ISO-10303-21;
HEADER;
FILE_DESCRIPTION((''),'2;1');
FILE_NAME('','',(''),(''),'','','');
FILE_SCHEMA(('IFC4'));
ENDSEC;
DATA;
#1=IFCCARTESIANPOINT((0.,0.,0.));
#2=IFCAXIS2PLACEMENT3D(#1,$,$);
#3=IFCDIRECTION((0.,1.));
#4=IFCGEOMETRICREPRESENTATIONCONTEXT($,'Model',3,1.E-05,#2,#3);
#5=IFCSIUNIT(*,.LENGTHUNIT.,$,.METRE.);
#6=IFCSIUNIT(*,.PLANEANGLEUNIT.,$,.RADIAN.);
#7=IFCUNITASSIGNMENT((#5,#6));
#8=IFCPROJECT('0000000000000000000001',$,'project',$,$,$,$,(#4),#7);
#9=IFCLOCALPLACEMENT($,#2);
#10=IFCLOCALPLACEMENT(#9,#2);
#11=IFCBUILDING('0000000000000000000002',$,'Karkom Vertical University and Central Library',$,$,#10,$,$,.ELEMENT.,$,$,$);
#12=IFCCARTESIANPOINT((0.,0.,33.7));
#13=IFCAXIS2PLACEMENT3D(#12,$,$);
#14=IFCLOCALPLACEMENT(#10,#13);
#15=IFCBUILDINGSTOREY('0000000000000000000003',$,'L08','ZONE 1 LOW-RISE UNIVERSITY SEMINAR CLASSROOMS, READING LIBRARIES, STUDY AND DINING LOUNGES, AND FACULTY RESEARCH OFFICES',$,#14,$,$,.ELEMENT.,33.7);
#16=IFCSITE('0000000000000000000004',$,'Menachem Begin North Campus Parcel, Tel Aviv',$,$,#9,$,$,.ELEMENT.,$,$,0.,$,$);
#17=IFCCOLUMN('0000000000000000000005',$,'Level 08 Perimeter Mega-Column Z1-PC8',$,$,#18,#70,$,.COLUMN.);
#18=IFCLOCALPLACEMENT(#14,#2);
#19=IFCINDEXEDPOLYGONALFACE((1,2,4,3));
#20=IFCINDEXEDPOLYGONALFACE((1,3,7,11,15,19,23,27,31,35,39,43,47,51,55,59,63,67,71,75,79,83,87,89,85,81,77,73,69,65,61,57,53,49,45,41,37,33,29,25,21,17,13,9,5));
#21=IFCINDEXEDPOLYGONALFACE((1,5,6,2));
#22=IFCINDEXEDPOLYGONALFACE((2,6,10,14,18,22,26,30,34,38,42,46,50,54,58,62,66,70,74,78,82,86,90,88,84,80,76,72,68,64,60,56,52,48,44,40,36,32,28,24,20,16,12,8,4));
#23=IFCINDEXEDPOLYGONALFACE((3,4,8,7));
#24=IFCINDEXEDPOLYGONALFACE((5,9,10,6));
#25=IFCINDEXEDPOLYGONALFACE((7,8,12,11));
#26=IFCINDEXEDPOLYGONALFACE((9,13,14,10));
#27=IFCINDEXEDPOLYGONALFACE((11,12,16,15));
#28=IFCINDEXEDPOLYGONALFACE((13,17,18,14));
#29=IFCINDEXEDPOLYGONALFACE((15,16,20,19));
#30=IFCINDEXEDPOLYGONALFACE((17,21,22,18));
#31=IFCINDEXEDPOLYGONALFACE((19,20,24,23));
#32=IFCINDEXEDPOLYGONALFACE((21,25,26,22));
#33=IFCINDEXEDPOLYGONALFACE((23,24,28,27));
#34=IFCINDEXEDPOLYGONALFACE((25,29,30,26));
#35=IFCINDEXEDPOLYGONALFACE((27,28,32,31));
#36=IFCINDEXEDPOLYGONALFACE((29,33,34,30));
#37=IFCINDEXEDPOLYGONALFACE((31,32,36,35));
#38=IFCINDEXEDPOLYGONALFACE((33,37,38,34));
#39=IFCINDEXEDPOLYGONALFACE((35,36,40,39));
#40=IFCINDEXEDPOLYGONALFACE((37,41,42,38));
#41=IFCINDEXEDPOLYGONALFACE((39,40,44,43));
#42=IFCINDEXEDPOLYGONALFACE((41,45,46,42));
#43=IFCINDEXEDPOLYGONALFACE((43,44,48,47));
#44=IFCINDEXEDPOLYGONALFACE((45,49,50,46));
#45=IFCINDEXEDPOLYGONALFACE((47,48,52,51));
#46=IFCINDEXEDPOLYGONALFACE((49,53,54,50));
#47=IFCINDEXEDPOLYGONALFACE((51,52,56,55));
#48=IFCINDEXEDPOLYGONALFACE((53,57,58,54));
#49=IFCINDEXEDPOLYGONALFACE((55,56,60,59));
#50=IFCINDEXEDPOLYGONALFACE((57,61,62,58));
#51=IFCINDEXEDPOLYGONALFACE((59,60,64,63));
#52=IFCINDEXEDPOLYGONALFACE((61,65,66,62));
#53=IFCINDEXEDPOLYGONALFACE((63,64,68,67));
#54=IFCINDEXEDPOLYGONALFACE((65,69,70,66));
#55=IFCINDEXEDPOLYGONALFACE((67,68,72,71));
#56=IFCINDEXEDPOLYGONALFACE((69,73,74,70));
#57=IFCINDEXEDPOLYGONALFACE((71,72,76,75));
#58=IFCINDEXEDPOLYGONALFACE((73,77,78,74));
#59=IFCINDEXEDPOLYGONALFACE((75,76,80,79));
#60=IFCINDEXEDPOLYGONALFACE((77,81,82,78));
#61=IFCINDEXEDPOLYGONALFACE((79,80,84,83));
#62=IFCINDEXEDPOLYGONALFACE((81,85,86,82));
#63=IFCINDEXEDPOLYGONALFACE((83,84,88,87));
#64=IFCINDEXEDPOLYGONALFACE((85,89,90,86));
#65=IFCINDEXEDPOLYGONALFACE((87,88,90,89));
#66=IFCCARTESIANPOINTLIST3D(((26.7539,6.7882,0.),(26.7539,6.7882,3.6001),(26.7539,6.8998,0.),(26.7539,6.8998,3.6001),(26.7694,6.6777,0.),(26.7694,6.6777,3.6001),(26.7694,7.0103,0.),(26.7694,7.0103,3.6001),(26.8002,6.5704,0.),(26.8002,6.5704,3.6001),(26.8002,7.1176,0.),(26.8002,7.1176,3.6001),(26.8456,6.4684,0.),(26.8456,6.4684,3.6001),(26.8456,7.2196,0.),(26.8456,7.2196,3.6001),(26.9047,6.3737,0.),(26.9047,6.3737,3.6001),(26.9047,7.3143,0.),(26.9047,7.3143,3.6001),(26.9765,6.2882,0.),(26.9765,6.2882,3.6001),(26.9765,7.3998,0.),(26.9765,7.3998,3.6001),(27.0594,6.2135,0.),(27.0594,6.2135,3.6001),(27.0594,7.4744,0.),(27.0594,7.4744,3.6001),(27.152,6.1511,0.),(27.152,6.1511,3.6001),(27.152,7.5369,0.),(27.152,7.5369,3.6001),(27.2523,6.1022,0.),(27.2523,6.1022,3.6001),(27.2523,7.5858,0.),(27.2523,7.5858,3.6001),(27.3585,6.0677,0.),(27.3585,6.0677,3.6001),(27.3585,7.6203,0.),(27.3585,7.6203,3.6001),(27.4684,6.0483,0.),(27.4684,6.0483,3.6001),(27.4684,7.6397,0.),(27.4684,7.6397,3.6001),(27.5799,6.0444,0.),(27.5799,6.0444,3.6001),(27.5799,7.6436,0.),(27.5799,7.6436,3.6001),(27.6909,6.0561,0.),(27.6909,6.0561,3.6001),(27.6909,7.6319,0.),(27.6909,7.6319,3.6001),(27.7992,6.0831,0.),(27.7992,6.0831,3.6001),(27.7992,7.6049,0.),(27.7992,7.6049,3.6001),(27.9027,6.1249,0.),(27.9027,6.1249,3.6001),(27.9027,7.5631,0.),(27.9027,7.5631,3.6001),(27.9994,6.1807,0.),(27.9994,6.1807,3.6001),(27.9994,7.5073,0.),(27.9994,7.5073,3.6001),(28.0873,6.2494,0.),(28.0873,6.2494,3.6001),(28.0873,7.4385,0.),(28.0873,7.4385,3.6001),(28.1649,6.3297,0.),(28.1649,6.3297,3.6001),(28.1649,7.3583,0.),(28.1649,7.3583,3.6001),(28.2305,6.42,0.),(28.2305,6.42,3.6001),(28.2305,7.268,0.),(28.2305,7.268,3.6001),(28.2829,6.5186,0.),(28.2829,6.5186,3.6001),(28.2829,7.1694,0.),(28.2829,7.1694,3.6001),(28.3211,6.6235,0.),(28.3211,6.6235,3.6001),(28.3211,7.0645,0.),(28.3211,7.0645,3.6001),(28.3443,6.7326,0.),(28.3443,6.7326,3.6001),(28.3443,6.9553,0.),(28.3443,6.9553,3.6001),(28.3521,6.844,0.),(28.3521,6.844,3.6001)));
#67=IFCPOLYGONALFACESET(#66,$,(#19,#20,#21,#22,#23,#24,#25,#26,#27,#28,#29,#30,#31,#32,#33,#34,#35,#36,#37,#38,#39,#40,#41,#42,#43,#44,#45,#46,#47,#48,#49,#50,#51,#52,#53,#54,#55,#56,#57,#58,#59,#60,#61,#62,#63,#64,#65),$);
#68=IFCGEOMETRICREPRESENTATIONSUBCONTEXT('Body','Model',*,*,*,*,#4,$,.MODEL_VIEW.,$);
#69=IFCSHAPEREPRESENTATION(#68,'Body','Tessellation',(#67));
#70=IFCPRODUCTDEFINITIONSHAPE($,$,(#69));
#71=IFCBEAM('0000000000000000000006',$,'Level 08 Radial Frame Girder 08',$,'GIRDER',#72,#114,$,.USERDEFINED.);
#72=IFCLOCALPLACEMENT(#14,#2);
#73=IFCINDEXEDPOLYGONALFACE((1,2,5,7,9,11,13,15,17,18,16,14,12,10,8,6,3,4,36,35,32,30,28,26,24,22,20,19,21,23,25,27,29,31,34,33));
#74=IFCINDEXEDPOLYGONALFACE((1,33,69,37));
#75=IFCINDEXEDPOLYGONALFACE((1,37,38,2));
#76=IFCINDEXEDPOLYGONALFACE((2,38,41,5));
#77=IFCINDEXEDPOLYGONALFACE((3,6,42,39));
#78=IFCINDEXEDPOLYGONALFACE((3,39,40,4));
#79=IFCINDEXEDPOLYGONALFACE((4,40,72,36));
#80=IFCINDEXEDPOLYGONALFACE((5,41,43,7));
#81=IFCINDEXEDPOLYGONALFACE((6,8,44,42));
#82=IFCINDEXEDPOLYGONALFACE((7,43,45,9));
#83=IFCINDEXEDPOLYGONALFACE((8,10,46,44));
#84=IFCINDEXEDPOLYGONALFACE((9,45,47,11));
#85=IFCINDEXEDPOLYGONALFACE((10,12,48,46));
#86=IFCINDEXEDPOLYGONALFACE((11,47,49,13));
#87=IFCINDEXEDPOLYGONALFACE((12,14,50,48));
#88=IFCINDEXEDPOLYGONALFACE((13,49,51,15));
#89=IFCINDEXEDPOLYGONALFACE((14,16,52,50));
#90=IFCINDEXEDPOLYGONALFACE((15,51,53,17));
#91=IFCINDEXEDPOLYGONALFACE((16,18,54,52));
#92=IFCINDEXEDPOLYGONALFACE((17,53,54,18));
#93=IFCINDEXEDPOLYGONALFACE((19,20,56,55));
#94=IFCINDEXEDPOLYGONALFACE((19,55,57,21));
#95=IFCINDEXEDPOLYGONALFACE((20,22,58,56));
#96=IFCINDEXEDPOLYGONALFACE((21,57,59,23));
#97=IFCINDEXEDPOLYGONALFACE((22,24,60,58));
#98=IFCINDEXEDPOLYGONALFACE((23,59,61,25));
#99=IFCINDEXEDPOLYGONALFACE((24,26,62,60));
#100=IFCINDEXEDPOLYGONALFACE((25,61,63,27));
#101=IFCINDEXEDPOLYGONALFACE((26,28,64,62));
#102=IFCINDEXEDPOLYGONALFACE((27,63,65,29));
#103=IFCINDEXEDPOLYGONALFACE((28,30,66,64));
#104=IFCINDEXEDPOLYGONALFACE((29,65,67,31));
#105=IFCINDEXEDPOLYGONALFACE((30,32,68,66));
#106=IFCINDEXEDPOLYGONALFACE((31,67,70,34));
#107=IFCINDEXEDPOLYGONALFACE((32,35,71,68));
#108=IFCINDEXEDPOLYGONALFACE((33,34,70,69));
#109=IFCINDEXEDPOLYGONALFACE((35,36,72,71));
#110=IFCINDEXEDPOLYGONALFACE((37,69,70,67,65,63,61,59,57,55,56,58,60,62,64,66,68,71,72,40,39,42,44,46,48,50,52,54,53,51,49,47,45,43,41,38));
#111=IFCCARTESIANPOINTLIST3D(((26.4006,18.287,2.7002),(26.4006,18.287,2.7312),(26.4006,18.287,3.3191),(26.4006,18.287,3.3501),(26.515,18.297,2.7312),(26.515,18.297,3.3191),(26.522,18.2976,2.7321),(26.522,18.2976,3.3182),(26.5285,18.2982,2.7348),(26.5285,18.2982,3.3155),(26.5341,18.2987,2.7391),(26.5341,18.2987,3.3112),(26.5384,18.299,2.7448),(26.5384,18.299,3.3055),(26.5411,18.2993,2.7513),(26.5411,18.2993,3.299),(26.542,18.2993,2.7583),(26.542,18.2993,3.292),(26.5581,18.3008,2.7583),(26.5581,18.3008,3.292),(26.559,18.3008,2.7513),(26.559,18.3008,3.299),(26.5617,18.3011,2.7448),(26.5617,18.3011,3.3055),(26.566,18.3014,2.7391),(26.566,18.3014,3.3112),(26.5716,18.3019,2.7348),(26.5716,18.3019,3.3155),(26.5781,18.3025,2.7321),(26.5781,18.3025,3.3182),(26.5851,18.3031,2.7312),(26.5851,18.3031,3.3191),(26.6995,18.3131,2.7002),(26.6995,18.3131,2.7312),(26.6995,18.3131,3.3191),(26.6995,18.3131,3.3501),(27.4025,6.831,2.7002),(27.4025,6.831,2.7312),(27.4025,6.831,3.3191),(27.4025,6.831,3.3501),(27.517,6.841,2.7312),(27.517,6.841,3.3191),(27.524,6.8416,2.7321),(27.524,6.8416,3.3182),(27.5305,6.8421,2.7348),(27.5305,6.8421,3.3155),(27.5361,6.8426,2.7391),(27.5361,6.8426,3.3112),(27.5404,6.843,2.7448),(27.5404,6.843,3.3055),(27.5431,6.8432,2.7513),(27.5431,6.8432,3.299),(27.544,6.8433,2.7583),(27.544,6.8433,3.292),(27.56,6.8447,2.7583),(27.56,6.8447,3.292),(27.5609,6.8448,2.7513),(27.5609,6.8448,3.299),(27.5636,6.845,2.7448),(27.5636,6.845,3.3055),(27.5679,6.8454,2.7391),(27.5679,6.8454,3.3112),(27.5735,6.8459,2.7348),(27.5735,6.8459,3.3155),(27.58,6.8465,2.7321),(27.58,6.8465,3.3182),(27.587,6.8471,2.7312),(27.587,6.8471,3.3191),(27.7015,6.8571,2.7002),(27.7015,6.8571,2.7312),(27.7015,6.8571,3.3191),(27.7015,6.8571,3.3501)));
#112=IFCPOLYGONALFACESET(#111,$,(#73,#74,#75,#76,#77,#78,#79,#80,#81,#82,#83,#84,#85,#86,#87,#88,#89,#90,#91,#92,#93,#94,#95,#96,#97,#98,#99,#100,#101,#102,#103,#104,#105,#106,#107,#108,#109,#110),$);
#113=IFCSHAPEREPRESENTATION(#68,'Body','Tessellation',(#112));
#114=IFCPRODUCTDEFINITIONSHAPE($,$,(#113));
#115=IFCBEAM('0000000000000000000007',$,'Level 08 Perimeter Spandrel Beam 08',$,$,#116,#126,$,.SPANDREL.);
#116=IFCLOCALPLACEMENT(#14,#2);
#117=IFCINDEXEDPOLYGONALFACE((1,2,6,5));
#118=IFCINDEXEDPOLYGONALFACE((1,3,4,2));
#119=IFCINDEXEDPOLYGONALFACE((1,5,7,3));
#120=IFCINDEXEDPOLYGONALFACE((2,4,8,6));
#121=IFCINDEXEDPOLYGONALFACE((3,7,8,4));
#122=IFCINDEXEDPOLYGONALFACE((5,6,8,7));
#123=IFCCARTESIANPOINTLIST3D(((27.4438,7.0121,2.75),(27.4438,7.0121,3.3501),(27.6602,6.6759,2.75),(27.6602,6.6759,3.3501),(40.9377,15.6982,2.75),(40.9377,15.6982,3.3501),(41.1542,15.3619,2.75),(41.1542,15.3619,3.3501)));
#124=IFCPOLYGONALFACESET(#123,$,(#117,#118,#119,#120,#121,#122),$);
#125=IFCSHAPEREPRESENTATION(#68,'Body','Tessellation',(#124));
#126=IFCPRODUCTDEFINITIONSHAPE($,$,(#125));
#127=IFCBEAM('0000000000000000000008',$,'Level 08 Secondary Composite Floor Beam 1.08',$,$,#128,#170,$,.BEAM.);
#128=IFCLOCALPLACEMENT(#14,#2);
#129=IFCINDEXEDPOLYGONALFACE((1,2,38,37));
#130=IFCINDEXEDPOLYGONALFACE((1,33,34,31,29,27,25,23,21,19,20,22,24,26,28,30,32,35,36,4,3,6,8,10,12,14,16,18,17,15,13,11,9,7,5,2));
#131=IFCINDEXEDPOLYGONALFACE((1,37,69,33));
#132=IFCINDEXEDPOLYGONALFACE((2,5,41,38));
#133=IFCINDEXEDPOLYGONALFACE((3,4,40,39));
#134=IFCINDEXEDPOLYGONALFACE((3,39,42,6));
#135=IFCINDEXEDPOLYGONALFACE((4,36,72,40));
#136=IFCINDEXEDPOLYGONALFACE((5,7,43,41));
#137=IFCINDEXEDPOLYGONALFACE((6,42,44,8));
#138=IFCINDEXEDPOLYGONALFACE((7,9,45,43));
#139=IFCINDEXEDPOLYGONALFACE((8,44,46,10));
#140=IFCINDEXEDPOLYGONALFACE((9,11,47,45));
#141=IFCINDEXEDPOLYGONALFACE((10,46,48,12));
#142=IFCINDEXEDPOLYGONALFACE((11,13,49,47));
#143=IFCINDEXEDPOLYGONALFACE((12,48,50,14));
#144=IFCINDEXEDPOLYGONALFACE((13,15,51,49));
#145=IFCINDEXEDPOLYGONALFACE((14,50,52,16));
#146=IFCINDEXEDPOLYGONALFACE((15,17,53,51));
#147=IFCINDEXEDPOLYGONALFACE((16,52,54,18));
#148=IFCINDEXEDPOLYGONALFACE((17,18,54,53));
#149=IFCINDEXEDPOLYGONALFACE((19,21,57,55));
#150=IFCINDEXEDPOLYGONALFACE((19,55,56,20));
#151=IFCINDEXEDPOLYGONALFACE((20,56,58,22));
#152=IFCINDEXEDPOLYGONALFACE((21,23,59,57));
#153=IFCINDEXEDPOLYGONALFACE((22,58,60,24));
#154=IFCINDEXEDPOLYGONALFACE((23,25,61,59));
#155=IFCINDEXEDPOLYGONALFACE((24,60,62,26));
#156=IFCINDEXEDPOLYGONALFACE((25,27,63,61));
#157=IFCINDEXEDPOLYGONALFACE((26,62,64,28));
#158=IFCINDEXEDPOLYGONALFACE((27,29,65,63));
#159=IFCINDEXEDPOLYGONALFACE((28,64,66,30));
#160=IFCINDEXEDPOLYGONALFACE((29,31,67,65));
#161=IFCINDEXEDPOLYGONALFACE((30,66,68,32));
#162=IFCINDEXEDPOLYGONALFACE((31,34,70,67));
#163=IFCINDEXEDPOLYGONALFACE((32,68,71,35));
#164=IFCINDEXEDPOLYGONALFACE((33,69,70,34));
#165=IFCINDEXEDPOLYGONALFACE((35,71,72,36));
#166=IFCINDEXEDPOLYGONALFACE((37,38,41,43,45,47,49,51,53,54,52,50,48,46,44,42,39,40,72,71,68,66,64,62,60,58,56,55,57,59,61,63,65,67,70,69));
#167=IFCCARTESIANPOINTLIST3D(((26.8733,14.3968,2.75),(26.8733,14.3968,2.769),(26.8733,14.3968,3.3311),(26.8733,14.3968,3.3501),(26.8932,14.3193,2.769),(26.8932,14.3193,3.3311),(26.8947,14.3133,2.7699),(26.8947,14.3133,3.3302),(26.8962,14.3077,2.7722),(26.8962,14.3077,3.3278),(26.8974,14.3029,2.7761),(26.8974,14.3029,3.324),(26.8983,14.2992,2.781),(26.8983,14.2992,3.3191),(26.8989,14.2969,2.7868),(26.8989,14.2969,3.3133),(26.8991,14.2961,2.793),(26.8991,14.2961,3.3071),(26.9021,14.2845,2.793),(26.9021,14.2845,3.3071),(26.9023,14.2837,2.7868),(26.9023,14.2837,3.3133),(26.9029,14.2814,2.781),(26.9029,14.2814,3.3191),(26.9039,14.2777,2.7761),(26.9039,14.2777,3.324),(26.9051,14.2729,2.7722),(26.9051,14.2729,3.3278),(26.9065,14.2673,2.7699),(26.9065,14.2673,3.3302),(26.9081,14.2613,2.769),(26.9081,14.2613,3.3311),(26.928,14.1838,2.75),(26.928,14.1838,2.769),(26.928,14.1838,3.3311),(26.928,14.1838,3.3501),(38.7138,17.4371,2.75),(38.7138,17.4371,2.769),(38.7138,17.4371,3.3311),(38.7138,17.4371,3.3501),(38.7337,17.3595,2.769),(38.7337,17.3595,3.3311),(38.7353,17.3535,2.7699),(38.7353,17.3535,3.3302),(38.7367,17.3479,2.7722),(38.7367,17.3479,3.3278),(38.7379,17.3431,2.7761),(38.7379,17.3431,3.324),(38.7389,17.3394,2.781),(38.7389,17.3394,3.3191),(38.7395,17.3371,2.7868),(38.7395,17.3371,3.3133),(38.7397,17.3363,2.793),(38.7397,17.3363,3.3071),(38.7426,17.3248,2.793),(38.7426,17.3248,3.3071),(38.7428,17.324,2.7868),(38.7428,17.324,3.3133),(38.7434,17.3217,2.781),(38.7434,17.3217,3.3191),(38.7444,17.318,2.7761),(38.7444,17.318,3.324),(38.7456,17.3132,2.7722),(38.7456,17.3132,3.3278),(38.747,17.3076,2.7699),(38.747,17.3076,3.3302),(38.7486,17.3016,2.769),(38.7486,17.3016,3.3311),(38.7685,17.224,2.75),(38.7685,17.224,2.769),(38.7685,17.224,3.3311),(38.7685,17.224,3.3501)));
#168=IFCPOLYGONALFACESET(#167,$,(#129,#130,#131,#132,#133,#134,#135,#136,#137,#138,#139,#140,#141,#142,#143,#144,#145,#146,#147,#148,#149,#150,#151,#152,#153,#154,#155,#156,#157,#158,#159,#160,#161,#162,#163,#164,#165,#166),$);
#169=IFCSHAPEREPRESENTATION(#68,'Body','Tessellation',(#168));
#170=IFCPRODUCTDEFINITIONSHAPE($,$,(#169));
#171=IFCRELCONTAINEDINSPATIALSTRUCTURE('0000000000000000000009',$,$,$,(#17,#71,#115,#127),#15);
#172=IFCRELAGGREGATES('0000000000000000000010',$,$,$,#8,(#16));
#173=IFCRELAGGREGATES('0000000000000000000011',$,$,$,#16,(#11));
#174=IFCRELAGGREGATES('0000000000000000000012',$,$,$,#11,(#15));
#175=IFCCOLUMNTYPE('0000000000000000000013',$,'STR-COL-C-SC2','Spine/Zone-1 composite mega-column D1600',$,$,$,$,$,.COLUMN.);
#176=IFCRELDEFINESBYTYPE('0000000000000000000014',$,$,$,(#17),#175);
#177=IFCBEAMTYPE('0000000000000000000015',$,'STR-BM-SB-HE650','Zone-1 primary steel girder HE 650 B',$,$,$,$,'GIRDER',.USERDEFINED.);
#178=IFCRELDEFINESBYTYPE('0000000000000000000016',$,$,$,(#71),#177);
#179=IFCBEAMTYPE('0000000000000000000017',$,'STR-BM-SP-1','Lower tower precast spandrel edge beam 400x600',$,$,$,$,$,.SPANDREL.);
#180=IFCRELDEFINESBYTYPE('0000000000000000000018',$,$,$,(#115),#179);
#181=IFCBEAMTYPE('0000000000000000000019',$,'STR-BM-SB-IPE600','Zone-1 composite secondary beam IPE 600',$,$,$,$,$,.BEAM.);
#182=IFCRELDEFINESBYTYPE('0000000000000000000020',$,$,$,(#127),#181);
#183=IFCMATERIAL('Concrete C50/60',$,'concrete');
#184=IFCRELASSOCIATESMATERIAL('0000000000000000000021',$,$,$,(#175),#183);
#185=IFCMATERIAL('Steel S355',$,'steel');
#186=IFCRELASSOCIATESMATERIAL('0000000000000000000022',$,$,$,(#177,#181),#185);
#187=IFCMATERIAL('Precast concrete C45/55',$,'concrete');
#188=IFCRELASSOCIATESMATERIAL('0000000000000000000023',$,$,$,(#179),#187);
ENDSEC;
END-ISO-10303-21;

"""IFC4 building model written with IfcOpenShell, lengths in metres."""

from ifc_helpers import new_model, si_unit, direction, frame, origin, origin_with_axes, origin_2d, place, context, subcontext, project, spatial, rectangle, circle, i_section, extrude, source, transform, mapped, material, material_profile, profile_set, type_object, element, save


model = new_model("IFC4")

# Units and contexts
model_context = context("Model", 3, precision=1e-05, world=origin(), true_north=direction((0.0, 1.0)))
body_context = subcontext(model_context, "Body", "Model", "MODEL_VIEW")
ifc_project = project(units=[si_unit("LENGTHUNIT", "METRE"), si_unit("PLANEANGLEUNIT", "RADIAN")], contexts=[model_context])

# Site, building, storey
site_placement = place(None, origin())
site = spatial("IfcSite", under=ifc_project, at=site_placement, Name="Menachem Begin North Campus Parcel, Tel Aviv", CompositionType="ELEMENT", RefElevation=0.0)
building_placement = place(site_placement, origin())
building = spatial("IfcBuilding", under=site, at=building_placement, Name="Karkom Vertical University and Central Library", CompositionType="ELEMENT")
storey_placement = place(building_placement, frame((0.0, 0.0, 33.7)))
storey = spatial("IfcBuildingStorey", under=building, at=storey_placement, Name="L08", Description="ZONE 1 LOW-RISE UNIVERSITY SEMINAR CLASSROOMS, READING LIBRARIES, STUDY AND DINING LOUNGES, AND FACULTY RESEARCH OFFICES", CompositionType="ELEMENT", Elevation=33.7)

# Column
ifc_material_1 = material(Name="Concrete C50/60", Category="concrete")
ifc_material_profile_1 = material_profile(ifc_material_1, circle(Radius=0.8, at=origin_2d()), Name="CFT-D1600")
ifc_profile_set_1 = profile_set([ifc_material_profile_1], Name="Concrete C50/60")
column_type = type_object("IfcColumnType", Name="STR-COL-C-SC2", Description="Spine/Zone-1 composite mega-column D1600", PredefinedType="COLUMN", material=ifc_profile_set_1)
shared_shape_1 = source(origin_with_axes(), body_context, "Body", "SweptSolid", [
    extrude(circle(Radius=0.8, at=origin_2d()), origin(), (0.0, 0.0, 1.0), 3.6001),
])
column_placement = place(storey_placement, frame((27.552, 6.844, 0.0), z_axis=(0.0, 0.0, 1.0), x_axis=(1.0, 0.0, 0.0)))
element("IfcColumn", 1, at=column_placement, inside=storey, type_object=column_type, Name="Level 08 Perimeter Mega-Column Z1-PC8", PredefinedType="COLUMN", context=body_context, shape_type="MappedRepresentation", body=[
    mapped(shared_shape_1, transform((0.0, 0.0, 0.0), scale=1.0)),
])

# Beams
ifc_material_2 = material(Name="Steel S355", Category="steel")
ifc_material_profile_2 = material_profile(ifc_material_2, i_section(OverallWidth=0.3, OverallDepth=0.6499, WebThickness=0.0161, FlangeThickness=0.031, FilletRadius=0.0271, at=origin_2d()), Name="HE 650 B")
ifc_profile_set_2 = profile_set([ifc_material_profile_2], Name="Steel S355")
beam_type_1 = type_object("IfcBeamType", Name="STR-BM-SB-HE650", Description="Zone-1 primary steel girder HE 650 B", ElementType="GIRDER", PredefinedType="USERDEFINED", material=ifc_profile_set_2)
shared_shape_2 = source(origin_with_axes(), body_context, "Body", "SweptSolid", [
    extrude(i_section(OverallWidth=0.3, OverallDepth=0.6499, WebThickness=0.0161, FlangeThickness=0.031, FilletRadius=0.0271, at=origin_2d()), origin(), (0.0, 0.0, 1.0), 11.4998),
])
beam_1_placement = place(storey_placement, frame((26.55, 18.3, 3.0251), z_axis=(0.087128, -0.996197, 0.0), x_axis=(0.996197, 0.087128, 0.0)))
element("IfcBeam", 2, at=beam_1_placement, inside=storey, type_object=beam_type_1, Name="Level 08 Radial Frame Girder 08", ObjectType="GIRDER", PredefinedType="USERDEFINED", context=body_context, shape_type="MappedRepresentation", body=[
    mapped(shared_shape_2, transform((0.0, 0.0, 0.0), scale=1.0)),
])
ifc_material_3 = material(Name="Precast concrete C45/55", Category="concrete")
ifc_material_profile_3 = material_profile(ifc_material_3, rectangle(XDim=0.3999, YDim=0.6001, at=origin_2d()), Name="SPB-400x600")
ifc_profile_set_3 = profile_set([ifc_material_profile_3], Name="Precast concrete C45/55")
beam_type_2 = type_object("IfcBeamType", Name="STR-BM-SP-1", Description="Lower tower precast spandrel edge beam 400x600", PredefinedType="SPANDREL", material=ifc_profile_set_3)
shared_shape_3 = source(origin_with_axes(), body_context, "Body", "SweptSolid", [
    extrude(rectangle(XDim=0.3999, YDim=0.6001, at=origin_2d()), origin(), (0.0, 0.0, 1.0), 16.0479),
])
beam_2_placement = place(storey_placement, frame((27.552, 6.844, 3.05), z_axis=(0.840856, 0.54126, 0.0), x_axis=(-0.54126, 0.840856, 0.0)))
element("IfcBeam", 3, at=beam_2_placement, inside=storey, type_object=beam_type_2, Name="Level 08 Perimeter Spandrel Beam 08", PredefinedType="SPANDREL", context=body_context, shape_type="MappedRepresentation", body=[
    mapped(shared_shape_3, transform((0.0, 0.0, 0.0), scale=1.0)),
])
ifc_material_profile_4 = material_profile(ifc_material_2, i_section(OverallWidth=0.22, OverallDepth=0.6001, WebThickness=0.012, FlangeThickness=0.019, FilletRadius=0.0239, at=origin_2d()), Name="IPE 600")
ifc_profile_set_4 = profile_set([ifc_material_profile_4], Name="Steel S355")
beam_type_3 = type_object("IfcBeamType", Name="STR-BM-SB-IPE600", Description="Zone-1 composite secondary beam IPE 600", PredefinedType="BEAM", material=ifc_profile_set_4)
shared_shape_4 = source(origin_with_axes(), body_context, "Body", "SweptSolid", [
    extrude(i_section(OverallWidth=0.22, OverallDepth=0.6001, WebThickness=0.012, FlangeThickness=0.019, FilletRadius=0.0239, at=origin_2d()), origin(), (0.0, 0.0, 1.0), 12.2246),
])
beam_3_placement = place(storey_placement, frame((26.9006, 14.2903, 3.05), z_axis=(0.96858, 0.248701, 0.0), x_axis=(-0.248701, 0.96858, 0.0)))
element("IfcBeam", 4, at=beam_3_placement, inside=storey, type_object=beam_type_3, Name="Level 08 Secondary Composite Floor Beam 1.08", PredefinedType="BEAM", context=body_context, shape_type="MappedRepresentation", body=[
    mapped(shared_shape_4, transform((0.0, 0.0, 0.0), scale=1.0)),
])

save(model, "model.ifc")
